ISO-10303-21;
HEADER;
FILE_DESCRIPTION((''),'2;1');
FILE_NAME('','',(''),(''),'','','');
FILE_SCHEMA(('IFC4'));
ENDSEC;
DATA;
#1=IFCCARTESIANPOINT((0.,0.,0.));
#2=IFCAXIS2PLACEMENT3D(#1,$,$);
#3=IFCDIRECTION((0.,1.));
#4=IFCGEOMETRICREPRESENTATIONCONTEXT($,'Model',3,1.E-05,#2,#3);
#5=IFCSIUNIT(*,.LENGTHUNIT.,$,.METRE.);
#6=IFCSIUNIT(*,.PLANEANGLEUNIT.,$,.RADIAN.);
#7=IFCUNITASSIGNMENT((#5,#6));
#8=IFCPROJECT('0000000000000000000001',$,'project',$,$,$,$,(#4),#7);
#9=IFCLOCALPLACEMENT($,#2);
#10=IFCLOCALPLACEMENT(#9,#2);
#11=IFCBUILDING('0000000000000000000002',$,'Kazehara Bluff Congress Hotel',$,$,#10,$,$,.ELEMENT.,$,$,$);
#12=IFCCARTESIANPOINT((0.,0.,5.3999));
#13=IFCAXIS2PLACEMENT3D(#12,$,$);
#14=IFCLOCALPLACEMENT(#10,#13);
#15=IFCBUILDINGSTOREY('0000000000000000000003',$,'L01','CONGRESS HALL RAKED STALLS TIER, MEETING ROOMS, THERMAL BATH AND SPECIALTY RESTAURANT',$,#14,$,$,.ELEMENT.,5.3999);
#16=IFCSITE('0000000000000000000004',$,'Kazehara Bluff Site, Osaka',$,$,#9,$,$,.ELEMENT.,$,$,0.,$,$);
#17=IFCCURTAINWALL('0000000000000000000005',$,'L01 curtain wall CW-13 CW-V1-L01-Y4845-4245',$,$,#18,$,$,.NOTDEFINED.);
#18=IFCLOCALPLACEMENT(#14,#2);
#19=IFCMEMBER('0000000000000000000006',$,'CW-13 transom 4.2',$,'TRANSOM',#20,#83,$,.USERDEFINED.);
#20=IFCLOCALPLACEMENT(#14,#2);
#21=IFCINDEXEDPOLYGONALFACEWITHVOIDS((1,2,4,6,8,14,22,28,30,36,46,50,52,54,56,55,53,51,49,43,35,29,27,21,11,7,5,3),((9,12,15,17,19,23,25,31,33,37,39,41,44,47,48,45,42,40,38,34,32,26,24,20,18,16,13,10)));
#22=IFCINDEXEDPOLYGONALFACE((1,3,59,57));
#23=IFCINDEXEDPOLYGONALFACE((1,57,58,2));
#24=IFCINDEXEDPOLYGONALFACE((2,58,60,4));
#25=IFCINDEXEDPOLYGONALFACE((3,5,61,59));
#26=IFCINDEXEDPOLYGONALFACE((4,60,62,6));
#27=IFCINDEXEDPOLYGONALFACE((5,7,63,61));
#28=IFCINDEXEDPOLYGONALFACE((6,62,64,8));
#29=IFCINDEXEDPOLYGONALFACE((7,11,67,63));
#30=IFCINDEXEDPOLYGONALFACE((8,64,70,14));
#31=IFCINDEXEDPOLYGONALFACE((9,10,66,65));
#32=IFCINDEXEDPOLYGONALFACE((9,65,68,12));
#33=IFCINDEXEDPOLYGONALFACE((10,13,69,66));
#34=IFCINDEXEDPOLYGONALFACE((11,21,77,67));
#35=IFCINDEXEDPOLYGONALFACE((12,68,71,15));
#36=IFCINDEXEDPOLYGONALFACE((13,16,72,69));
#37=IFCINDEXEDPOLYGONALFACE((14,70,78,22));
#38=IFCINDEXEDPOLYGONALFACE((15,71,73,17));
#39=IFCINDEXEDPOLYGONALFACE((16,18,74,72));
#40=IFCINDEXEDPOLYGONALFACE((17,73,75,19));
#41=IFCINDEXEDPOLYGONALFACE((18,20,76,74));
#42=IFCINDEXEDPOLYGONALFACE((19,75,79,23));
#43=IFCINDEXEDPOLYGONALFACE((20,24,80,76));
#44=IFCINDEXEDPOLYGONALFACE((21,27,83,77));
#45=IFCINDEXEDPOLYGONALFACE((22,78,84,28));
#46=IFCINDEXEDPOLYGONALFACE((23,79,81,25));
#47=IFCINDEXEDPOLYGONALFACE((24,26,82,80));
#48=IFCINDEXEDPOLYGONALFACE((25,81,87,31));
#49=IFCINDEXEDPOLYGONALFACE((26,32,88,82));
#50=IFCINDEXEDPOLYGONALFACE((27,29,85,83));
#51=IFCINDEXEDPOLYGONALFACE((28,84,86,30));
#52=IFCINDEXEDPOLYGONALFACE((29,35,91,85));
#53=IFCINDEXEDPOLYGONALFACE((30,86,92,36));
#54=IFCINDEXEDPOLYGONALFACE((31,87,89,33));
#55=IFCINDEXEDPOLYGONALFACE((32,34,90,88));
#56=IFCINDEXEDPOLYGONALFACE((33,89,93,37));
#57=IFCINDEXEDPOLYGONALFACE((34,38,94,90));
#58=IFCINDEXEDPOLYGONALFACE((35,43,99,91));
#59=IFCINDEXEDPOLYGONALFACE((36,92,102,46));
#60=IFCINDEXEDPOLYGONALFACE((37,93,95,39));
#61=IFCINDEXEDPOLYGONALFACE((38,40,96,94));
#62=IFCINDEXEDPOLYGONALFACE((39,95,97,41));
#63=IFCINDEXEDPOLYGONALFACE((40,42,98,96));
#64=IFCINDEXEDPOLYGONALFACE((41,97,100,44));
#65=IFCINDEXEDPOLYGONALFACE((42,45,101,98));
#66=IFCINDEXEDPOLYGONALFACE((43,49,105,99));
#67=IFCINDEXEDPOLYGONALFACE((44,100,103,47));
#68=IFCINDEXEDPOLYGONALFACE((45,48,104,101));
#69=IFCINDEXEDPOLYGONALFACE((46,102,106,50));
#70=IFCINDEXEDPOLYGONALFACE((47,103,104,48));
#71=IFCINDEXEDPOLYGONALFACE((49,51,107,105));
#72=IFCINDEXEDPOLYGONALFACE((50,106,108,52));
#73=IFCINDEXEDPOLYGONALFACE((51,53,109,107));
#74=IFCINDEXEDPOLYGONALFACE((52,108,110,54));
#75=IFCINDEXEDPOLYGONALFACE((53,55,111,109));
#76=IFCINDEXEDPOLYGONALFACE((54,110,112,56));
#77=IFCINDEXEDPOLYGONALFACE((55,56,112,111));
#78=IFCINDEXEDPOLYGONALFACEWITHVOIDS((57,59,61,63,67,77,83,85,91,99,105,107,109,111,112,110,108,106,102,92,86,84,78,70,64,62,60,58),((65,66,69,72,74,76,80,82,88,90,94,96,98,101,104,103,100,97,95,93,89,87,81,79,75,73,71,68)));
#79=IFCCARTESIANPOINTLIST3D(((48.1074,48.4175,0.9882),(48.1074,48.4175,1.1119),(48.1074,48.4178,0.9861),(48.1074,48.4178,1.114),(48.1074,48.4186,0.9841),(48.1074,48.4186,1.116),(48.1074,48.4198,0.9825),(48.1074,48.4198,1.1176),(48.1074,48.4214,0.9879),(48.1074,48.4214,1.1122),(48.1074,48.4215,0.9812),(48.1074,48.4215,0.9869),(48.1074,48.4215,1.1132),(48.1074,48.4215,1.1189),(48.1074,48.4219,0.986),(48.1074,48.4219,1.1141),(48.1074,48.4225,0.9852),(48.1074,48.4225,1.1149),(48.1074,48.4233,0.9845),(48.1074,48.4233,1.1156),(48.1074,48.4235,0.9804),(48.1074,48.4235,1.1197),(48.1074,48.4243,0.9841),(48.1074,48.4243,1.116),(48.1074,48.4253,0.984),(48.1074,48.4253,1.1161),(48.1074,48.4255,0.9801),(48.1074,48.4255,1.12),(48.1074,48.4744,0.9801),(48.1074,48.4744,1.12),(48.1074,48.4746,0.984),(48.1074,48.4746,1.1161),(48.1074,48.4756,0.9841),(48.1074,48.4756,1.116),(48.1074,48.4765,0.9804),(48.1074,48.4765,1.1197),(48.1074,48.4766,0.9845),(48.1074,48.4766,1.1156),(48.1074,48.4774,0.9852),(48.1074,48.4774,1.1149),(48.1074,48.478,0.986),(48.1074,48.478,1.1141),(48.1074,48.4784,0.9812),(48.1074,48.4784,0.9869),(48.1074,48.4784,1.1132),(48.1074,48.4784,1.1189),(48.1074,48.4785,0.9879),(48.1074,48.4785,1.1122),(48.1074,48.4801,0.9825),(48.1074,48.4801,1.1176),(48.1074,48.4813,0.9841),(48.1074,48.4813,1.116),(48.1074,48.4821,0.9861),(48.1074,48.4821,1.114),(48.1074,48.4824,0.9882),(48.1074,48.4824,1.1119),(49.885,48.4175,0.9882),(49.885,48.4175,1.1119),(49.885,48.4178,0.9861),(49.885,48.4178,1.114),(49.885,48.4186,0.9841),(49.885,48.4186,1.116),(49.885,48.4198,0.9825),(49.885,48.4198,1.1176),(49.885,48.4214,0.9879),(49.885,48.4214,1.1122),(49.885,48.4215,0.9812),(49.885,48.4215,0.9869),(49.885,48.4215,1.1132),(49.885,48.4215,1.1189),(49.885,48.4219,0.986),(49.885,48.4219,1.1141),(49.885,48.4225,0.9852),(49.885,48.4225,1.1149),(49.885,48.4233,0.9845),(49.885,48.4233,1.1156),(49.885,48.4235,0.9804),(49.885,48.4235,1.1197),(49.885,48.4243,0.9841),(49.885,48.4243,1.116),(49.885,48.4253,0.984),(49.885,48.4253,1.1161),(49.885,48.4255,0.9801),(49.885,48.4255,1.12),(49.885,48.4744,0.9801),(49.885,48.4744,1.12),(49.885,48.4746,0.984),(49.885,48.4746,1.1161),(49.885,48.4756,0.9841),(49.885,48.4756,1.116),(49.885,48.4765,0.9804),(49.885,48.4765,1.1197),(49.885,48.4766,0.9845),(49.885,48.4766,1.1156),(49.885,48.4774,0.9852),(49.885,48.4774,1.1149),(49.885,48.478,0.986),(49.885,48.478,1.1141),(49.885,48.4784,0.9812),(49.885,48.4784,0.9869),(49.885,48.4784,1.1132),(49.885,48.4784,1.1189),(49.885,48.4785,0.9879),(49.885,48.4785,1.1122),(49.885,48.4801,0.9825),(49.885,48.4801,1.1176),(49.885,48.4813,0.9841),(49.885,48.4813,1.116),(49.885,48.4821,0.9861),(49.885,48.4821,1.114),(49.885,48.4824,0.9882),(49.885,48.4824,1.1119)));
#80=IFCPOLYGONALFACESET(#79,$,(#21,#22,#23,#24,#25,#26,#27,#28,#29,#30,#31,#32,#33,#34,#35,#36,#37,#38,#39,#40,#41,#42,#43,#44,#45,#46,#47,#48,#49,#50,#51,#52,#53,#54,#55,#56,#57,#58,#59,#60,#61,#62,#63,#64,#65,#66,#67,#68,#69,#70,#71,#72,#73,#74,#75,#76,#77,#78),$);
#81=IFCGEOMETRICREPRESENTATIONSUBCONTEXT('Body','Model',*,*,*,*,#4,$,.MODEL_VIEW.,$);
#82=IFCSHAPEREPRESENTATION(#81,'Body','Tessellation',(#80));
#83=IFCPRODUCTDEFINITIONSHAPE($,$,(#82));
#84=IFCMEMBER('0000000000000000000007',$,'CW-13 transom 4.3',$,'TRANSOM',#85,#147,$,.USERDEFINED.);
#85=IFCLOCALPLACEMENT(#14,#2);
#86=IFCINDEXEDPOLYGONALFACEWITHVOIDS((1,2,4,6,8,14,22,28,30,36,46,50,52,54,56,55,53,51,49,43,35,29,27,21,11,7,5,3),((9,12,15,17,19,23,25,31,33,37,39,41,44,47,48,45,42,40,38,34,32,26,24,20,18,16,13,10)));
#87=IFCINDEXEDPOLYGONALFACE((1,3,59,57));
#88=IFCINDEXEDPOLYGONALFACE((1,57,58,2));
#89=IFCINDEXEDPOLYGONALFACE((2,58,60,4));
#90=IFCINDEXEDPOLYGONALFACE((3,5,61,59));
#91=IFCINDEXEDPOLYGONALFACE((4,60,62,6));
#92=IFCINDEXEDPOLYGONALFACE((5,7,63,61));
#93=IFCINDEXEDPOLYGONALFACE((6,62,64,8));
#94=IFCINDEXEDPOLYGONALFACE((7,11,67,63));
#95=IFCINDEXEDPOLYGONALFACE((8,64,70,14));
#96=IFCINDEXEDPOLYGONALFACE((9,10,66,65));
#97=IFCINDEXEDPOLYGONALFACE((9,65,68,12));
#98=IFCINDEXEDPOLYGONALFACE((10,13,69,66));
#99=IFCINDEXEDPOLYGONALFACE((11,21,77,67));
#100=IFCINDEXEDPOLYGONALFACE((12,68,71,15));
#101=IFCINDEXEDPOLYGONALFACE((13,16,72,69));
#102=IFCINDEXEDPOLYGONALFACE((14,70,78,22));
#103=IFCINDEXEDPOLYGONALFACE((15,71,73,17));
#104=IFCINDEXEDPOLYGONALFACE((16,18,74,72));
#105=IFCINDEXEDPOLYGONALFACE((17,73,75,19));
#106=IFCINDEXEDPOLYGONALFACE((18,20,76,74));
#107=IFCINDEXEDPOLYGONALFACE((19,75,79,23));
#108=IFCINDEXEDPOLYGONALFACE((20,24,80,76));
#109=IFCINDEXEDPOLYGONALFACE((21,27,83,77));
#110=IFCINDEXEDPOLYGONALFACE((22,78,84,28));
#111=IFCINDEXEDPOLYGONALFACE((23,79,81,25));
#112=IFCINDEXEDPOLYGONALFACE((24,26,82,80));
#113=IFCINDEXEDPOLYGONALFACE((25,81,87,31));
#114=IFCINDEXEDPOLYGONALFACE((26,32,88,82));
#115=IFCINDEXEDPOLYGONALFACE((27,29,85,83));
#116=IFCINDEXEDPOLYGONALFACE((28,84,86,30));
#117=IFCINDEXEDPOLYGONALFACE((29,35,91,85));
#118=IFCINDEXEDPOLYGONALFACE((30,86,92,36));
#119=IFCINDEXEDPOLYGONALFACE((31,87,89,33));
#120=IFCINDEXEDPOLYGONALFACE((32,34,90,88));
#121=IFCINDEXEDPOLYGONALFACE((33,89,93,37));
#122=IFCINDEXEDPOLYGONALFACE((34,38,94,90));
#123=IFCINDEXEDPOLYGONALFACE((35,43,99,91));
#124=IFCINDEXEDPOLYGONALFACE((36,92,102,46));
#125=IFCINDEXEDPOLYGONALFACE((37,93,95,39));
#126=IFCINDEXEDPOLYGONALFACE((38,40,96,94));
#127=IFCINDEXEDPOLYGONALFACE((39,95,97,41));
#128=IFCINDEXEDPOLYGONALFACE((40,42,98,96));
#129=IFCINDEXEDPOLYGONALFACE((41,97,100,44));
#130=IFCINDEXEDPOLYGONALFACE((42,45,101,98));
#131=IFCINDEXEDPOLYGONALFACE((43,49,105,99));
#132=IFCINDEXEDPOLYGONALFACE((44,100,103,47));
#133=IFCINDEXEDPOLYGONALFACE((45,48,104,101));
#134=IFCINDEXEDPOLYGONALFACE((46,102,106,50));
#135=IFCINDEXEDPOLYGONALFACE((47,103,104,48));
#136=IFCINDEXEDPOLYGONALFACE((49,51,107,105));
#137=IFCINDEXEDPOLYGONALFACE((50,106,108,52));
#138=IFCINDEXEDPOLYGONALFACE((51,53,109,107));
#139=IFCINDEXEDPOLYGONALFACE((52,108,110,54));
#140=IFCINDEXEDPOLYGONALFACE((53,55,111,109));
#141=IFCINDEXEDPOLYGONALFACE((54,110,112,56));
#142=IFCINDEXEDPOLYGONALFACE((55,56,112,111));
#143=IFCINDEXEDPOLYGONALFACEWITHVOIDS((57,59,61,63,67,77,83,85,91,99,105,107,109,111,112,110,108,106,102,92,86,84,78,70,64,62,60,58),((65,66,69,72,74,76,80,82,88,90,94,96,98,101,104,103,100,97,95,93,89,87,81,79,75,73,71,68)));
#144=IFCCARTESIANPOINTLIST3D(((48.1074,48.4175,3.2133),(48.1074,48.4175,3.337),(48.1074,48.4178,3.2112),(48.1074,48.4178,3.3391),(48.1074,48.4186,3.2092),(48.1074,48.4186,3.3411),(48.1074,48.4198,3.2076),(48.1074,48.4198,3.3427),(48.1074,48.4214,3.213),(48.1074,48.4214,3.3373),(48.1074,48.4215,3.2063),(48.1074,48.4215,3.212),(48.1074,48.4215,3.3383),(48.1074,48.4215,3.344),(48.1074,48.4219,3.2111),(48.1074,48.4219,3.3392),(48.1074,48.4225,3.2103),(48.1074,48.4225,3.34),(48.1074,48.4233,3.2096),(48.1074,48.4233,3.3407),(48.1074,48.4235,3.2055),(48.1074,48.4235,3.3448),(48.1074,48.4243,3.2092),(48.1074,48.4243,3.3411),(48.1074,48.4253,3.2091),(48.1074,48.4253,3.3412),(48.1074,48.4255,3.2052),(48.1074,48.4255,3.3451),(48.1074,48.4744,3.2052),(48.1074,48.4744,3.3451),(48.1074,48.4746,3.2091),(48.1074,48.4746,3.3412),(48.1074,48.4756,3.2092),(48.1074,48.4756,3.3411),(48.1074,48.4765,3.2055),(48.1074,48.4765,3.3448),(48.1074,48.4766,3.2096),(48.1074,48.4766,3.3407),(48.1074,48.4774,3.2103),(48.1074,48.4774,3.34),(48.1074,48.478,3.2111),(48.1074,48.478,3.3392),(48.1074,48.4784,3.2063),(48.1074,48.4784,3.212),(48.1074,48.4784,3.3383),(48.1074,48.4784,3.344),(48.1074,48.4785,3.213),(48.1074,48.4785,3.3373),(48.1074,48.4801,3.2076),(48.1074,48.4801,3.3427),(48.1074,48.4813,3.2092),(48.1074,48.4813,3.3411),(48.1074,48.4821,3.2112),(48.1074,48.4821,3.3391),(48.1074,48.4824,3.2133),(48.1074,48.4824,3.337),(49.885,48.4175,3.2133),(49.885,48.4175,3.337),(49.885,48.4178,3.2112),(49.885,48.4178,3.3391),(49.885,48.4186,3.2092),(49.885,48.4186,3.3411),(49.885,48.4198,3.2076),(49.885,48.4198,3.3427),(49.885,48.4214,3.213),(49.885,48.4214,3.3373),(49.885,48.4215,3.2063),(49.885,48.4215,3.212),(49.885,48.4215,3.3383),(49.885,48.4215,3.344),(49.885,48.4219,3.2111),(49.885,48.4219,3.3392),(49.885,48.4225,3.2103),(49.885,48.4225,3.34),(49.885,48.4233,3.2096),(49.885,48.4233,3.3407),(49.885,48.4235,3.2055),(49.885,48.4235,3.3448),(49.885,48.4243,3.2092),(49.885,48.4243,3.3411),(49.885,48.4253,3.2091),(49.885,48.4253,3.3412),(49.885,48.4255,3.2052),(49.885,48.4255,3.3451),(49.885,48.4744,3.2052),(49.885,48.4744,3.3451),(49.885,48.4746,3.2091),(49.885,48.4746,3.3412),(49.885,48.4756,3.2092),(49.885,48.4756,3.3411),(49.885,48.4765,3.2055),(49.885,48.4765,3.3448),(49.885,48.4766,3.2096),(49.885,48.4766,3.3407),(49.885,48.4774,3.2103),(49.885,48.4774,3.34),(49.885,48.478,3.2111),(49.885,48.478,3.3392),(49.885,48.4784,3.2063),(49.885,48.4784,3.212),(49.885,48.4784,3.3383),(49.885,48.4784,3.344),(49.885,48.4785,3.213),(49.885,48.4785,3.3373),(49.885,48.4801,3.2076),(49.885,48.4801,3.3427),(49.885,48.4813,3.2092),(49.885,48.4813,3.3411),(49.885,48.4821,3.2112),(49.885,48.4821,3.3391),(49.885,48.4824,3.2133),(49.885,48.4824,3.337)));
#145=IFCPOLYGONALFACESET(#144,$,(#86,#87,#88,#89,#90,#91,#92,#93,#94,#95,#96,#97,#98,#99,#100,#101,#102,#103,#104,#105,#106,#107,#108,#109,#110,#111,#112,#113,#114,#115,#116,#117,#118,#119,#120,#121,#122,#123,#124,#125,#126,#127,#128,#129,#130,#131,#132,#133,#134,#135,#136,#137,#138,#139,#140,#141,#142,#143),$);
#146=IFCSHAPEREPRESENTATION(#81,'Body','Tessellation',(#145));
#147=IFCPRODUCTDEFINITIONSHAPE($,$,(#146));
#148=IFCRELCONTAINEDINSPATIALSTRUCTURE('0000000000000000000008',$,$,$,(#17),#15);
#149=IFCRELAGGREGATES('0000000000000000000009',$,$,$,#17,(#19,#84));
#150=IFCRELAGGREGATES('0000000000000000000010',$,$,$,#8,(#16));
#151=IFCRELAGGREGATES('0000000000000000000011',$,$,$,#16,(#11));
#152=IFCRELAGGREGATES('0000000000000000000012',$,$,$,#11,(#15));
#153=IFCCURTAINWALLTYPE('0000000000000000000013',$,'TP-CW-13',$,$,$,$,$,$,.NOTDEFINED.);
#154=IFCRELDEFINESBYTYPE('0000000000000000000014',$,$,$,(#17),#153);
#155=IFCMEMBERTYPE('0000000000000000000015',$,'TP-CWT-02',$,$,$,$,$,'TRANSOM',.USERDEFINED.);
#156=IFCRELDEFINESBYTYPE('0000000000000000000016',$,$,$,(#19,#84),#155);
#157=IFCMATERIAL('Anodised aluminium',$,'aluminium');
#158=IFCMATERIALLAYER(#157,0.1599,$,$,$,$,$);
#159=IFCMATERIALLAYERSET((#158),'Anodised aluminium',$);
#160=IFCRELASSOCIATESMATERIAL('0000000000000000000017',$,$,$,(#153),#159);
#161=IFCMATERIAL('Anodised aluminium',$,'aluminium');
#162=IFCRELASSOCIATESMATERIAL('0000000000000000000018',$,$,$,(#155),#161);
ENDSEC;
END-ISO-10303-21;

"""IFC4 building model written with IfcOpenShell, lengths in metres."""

from ifc_helpers import new_model, si_unit, direction, frame, origin, origin_2d, place, context, subcontext, project, spatial, hollow_rectangle, extrude, material, layer, layer_set, material_profile, profile_set, type_object, element, aggregate, save


model = new_model("IFC4")

# Units and contexts
model_context = context("Model", 3, precision=1e-05, world=origin(), true_north=direction((0.0, 1.0)))
body_context = subcontext(model_context, "Body", "Model", "MODEL_VIEW")
ifc_project = project(units=[si_unit("LENGTHUNIT", "METRE"), si_unit("PLANEANGLEUNIT", "RADIAN")], contexts=[model_context])

# Site, building, storey
site_placement = place(None, origin())
site = spatial("IfcSite", under=ifc_project, at=site_placement, Name="Kazehara Bluff Site, Osaka", CompositionType="ELEMENT", RefElevation=0.0)
building_placement = place(site_placement, origin())
building = spatial("IfcBuilding", under=site, at=building_placement, Name="Kazehara Bluff Congress Hotel", CompositionType="ELEMENT")
storey_placement = place(building_placement, frame((0.0, 0.0, 5.3999)))
storey = spatial("IfcBuildingStorey", under=building, at=storey_placement, Name="L01", Description="CONGRESS HALL RAKED STALLS TIER, MEETING ROOMS, THERMAL BATH AND SPECIALTY RESTAURANT", CompositionType="ELEMENT", Elevation=5.3999)

# Curtain wall, members
ifc_material_1 = material(Name="Anodised aluminium", Category="aluminium")
ifc_layer_1 = layer(ifc_material_1, 0.1599)
ifc_layer_set_1 = layer_set([ifc_layer_1], Name="Anodised aluminium")
curtain_wall_type = type_object("IfcCurtainWallType", Name="TP-CW-13", PredefinedType="NOTDEFINED", material=ifc_layer_set_1)
curtain_wall_placement = place(storey_placement, origin())
curtain_wall = element("IfcCurtainWall", 1, at=curtain_wall_placement, inside=storey, type_object=curtain_wall_type, Name="L01 curtain wall CW-13 CW-V1-L01-Y4845-4245", PredefinedType="NOTDEFINED")
ifc_material_2 = material(Name="Anodised aluminium", Category="aluminium")
ifc_material_profile_1 = material_profile(ifc_material_2, hollow_rectangle(XDim=0.0649, YDim=0.1399, WallThickness=0.0039, InnerFilletRadius=0.0039, OuterFilletRadius=0.0081, at=origin_2d()))
ifc_profile_set_1 = profile_set([ifc_material_profile_1], Name="Anodised aluminium")
member_type_1 = type_object("IfcMemberType", Name="TP-CWT-02", ElementType="TRANSOM", PredefinedType="USERDEFINED", material=ifc_profile_set_1)
member_1_placement = place(storey_placement, frame((48.1074, 48.45, 1.05), z_axis=(1.0, 0.0, 0.0), x_axis=(0.0, 1.0, 0.0)))
member_1 = element("IfcMember", 2, at=member_1_placement, type_object=member_type_1, Name="CW-13 transom 4.2", ObjectType="TRANSOM", PredefinedType="USERDEFINED", context=body_context, shape_type="SweptSolid", body=[
    extrude(hollow_rectangle(XDim=0.0649, YDim=0.1399, WallThickness=0.0039, InnerFilletRadius=0.0039, OuterFilletRadius=0.0081, at=origin_2d()), origin(), (0.0, 0.0, 1.0), 1.7776),
])
member_2_placement = place(storey_placement, frame((48.1074, 48.45, 3.2751), z_axis=(1.0, 0.0, 0.0), x_axis=(0.0, 1.0, 0.0)))
member_2 = element("IfcMember", 3, at=member_2_placement, type_object=member_type_1, Name="CW-13 transom 4.3", ObjectType="TRANSOM", PredefinedType="USERDEFINED", context=body_context, shape_type="SweptSolid", body=[
    extrude(hollow_rectangle(XDim=0.0649, YDim=0.1399, WallThickness=0.0039, InnerFilletRadius=0.0039, OuterFilletRadius=0.0081, at=origin_2d()), origin(), (0.0, 0.0, 1.0), 1.7776),
])
aggregate(curtain_wall, [member_1, member_2])

save(model, "model.ifc")
